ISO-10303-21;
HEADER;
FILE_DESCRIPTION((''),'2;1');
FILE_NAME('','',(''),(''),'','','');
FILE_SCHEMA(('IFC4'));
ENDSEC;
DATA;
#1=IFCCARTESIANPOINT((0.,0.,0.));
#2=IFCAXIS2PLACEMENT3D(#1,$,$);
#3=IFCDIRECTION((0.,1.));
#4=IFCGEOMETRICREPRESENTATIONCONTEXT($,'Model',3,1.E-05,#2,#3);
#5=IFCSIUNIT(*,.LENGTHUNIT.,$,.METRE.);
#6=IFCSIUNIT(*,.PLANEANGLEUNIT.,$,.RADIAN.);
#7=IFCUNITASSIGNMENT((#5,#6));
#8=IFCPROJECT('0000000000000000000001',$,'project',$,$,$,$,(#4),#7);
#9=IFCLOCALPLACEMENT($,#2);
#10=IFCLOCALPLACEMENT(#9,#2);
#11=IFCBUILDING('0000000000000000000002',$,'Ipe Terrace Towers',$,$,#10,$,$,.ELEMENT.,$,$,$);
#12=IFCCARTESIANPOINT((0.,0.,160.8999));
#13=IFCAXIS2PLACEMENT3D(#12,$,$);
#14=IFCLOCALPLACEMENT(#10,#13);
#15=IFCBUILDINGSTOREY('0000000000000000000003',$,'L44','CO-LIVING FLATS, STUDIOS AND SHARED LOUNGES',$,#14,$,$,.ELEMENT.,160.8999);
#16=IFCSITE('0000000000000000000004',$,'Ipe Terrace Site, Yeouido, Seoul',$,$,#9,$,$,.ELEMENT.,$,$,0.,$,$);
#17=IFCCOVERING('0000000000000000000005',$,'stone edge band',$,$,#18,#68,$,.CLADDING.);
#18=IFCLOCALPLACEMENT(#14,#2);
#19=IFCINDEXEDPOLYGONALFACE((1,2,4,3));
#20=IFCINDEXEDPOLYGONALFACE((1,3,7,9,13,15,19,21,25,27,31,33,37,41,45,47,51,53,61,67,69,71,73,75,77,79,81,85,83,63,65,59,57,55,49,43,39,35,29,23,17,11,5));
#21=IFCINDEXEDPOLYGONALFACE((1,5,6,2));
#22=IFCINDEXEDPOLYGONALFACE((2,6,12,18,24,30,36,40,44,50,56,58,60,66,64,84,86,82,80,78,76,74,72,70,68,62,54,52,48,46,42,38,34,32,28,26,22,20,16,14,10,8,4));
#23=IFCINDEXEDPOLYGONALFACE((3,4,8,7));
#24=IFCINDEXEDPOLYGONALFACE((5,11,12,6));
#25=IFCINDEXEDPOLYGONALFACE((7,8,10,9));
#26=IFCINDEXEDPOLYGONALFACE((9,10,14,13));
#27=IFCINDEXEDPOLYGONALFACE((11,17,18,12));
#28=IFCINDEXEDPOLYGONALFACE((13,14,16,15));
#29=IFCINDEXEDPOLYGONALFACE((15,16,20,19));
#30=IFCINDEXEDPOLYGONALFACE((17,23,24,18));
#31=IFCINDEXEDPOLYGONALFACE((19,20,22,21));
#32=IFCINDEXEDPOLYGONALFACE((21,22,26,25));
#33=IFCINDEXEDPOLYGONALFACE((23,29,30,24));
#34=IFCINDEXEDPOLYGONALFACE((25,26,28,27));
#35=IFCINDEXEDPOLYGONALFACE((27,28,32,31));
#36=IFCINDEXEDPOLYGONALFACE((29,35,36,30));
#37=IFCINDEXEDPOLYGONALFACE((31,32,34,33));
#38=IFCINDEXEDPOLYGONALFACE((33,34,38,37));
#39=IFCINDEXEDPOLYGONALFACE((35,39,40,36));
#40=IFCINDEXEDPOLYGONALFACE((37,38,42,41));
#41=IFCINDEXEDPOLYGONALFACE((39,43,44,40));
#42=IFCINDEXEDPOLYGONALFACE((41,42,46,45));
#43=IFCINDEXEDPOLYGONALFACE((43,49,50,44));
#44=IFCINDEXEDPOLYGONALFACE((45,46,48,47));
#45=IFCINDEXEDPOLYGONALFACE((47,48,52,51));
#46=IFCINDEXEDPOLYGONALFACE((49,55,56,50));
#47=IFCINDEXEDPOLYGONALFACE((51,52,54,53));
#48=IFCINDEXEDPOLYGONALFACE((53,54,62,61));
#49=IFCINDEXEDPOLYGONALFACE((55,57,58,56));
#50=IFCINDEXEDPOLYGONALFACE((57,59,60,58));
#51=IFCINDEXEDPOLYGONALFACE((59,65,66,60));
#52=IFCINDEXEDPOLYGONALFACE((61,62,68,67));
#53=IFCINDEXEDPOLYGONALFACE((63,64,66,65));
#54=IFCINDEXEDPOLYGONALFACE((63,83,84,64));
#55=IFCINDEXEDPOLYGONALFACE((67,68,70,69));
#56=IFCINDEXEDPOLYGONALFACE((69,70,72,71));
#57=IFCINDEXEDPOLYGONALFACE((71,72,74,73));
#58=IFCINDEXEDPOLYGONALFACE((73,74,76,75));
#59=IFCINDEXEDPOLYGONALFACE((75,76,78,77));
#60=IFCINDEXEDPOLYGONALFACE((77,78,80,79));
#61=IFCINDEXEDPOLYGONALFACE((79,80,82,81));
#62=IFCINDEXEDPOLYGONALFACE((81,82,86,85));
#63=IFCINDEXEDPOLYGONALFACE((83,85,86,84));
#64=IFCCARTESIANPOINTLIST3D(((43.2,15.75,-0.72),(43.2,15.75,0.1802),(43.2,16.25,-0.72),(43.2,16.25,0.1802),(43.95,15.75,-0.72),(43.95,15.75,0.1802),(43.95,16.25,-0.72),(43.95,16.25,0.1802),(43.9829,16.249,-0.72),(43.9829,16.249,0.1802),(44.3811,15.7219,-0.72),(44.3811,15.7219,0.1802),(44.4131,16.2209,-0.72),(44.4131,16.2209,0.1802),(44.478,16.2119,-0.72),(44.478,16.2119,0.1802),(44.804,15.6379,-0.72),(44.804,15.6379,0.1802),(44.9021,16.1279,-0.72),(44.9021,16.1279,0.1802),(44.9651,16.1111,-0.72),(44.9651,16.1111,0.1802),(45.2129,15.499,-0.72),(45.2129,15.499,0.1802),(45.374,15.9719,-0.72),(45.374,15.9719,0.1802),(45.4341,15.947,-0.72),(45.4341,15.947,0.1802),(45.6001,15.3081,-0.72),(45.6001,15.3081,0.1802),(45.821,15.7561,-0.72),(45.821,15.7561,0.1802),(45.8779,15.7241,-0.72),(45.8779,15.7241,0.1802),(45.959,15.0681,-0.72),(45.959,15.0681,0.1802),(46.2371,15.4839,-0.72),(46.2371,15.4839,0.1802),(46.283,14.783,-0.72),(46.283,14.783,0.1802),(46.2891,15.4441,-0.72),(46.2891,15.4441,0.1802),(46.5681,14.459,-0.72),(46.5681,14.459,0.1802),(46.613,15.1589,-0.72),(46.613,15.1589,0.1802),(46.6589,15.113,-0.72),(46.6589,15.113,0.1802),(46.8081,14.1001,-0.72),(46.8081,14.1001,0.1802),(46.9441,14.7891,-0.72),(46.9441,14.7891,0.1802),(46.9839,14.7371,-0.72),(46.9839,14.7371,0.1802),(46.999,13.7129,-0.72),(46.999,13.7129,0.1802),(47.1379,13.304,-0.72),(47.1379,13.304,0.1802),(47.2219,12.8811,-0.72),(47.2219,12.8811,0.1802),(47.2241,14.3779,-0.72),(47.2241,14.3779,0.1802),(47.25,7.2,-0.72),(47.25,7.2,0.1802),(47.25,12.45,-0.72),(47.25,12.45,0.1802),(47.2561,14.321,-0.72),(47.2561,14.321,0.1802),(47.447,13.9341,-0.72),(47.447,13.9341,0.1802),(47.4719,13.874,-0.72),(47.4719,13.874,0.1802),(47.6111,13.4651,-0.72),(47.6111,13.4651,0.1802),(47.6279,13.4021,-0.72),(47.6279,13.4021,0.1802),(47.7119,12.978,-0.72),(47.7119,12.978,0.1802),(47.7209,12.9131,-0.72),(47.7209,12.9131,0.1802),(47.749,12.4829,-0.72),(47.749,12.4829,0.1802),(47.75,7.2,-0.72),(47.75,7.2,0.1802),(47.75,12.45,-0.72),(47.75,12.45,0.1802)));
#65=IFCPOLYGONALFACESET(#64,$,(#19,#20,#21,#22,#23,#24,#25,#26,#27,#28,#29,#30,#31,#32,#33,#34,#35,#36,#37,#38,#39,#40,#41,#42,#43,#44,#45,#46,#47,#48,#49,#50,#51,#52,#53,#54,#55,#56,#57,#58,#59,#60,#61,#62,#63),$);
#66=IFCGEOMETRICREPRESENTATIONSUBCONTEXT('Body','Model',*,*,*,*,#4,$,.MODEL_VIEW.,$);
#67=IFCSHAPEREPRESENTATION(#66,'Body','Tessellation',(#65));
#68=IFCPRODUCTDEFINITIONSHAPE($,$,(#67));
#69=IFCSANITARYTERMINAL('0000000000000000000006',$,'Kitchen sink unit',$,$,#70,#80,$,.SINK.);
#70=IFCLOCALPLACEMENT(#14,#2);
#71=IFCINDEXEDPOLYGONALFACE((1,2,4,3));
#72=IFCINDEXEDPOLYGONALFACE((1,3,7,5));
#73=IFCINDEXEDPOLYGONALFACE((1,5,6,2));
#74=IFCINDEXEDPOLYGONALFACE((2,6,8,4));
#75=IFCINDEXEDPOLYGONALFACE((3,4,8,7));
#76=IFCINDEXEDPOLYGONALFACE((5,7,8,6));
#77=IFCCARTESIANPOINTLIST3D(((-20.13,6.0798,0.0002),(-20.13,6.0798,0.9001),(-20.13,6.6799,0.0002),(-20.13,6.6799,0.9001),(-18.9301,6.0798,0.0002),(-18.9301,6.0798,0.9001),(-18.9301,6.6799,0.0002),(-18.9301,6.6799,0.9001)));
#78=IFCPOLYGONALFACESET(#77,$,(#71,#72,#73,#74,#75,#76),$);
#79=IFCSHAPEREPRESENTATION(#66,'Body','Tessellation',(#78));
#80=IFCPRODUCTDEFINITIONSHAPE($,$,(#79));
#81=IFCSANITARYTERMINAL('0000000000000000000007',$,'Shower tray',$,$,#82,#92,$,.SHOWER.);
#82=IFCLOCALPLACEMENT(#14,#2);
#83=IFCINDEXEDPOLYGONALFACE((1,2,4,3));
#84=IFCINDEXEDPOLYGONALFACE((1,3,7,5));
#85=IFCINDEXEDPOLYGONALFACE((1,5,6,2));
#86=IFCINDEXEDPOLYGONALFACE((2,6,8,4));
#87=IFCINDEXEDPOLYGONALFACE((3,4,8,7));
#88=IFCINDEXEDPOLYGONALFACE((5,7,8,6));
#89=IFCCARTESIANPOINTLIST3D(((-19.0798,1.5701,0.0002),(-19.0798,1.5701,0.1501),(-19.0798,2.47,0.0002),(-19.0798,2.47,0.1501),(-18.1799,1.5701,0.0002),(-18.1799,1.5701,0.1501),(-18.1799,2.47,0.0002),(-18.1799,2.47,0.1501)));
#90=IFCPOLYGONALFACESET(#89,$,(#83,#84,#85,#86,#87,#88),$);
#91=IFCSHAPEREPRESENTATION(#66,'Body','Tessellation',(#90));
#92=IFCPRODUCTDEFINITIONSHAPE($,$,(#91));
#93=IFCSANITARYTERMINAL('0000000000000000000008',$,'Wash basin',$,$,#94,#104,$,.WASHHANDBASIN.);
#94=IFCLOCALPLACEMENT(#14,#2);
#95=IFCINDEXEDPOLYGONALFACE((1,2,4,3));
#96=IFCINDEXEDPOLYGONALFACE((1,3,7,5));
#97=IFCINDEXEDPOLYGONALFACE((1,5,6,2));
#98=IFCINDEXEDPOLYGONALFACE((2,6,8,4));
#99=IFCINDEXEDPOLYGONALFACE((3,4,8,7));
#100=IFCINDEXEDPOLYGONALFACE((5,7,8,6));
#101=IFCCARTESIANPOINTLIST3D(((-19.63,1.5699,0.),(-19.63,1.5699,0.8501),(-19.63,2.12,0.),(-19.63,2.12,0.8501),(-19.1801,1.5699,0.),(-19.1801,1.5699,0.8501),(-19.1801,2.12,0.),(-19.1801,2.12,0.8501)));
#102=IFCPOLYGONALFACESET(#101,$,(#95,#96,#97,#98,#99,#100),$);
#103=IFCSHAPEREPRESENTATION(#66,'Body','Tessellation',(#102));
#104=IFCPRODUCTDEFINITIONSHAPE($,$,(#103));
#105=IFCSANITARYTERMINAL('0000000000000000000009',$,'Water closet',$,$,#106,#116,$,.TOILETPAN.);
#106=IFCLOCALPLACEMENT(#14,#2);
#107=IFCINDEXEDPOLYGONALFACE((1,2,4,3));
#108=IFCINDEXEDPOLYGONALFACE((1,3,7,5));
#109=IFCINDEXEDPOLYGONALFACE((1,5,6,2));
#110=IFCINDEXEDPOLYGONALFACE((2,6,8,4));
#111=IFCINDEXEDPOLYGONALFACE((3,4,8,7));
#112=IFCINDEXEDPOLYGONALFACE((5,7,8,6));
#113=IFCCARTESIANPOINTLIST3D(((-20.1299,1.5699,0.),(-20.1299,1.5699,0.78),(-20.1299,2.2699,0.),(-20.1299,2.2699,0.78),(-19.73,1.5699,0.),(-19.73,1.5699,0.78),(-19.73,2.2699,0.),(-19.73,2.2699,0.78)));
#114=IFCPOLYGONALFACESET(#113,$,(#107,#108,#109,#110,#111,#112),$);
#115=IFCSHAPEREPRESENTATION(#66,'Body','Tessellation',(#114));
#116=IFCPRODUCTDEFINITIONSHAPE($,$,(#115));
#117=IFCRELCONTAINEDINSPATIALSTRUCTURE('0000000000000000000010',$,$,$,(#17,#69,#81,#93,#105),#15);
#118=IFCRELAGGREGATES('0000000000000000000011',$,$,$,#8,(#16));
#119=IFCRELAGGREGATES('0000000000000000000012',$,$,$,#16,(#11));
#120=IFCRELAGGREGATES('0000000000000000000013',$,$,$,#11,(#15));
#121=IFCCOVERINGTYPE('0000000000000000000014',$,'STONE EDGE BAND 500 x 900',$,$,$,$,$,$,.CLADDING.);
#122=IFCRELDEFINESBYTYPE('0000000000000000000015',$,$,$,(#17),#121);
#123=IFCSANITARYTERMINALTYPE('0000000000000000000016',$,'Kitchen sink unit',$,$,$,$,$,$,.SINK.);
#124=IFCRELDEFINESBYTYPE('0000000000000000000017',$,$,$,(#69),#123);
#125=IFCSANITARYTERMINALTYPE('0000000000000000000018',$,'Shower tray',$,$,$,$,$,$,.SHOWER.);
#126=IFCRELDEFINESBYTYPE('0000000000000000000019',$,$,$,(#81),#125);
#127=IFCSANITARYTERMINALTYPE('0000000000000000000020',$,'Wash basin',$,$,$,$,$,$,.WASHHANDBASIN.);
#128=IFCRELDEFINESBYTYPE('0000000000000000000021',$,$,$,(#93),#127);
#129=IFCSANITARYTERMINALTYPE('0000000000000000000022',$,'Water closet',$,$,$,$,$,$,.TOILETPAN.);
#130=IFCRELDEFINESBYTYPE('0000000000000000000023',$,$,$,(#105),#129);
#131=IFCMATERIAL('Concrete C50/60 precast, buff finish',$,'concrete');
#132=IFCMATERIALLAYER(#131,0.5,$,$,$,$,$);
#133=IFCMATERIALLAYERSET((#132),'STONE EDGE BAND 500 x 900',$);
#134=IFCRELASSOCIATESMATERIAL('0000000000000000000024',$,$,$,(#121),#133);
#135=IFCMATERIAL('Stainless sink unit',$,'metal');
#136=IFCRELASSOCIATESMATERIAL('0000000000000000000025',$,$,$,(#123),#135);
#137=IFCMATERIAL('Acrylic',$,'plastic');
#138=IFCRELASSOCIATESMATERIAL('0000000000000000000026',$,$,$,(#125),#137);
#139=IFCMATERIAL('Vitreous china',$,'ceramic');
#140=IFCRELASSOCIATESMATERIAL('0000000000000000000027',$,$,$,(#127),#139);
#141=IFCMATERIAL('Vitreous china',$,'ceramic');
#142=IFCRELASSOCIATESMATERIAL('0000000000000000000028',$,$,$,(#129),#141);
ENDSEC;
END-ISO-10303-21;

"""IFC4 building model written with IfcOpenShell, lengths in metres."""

from ifc_helpers import new_model, si_unit, direction, frame, origin, origin_2d, place, context, subcontext, project, spatial, polyline, rectangle, outline, extrude, material, layer, layer_set, type_object, element, save


model = new_model("IFC4")

# Units and contexts
model_context = context("Model", 3, precision=1e-05, world=origin(), true_north=direction((0.0, 1.0)))
body_context = subcontext(model_context, "Body", "Model", "MODEL_VIEW")
ifc_project = project(units=[si_unit("LENGTHUNIT", "METRE"), si_unit("PLANEANGLEUNIT", "RADIAN")], contexts=[model_context])

# Site, building, storey
site_placement = place(None, origin())
site = spatial("IfcSite", under=ifc_project, at=site_placement, Name="Ipe Terrace Site, Yeouido, Seoul", CompositionType="ELEMENT", RefElevation=0.0)
building_placement = place(site_placement, origin())
building = spatial("IfcBuilding", under=site, at=building_placement, Name="Ipe Terrace Towers", CompositionType="ELEMENT")
storey_placement = place(building_placement, frame((0.0, 0.0, 160.8999)))
storey = spatial("IfcBuildingStorey", under=building, at=storey_placement, Name="L44", Description="CO-LIVING FLATS, STUDIOS AND SHARED LOUNGES", CompositionType="ELEMENT", Elevation=160.8999)

# Covering
ifc_material_1 = material(Name="Concrete C50/60 precast, buff finish", Category="concrete")
ifc_layer_1 = layer(ifc_material_1, 0.5)
ifc_layer_set_1 = layer_set([ifc_layer_1], Name="STONE EDGE BAND 500 x 900")
covering_type = type_object("IfcCoveringType", Name="STONE EDGE BAND 500 x 900", PredefinedType="CLADDING", material=ifc_layer_set_1)
covering_placement = place(storey_placement, frame((0.0, 0.0, -0.72)))
element("IfcCovering", 1, at=covering_placement, inside=storey, type_object=covering_type, Name="stone edge band", PredefinedType="CLADDING", context=body_context, shape_type="SweptSolid", body=[
    extrude(outline(polyline([(47.75, 12.45), (47.749, 12.4829), (47.7209, 12.9131), (47.7119, 12.978), (47.6279, 13.4021), (47.6111, 13.4651), (47.4719, 13.874), (47.447, 13.9341), (47.2561, 14.321), (47.2241, 14.3779), (46.9839, 14.7371), (46.9441, 14.7891), (46.6589, 15.113), (46.613, 15.1589), (46.2891, 15.4441), (46.2371, 15.4839), (45.8779, 15.7241), (45.821, 15.7561), (45.4341, 15.947), (45.374, 15.9719), (44.9651, 16.1111), (44.9021, 16.1279), (44.478, 16.2119), (44.4131, 16.2209), (43.9829, 16.249), (43.95, 16.25), (43.2, 16.25), (43.2, 15.75), (43.95, 15.75), (44.3811, 15.7219), (44.804, 15.6379), (45.2129, 15.499), (45.6001, 15.3081), (45.959, 15.0681), (46.283, 14.783), (46.5681, 14.459), (46.8081, 14.1001), (46.999, 13.7129), (47.1379, 13.304), (47.2219, 12.8811), (47.25, 12.45), (47.25, 7.2), (47.75, 7.2), (47.75, 12.45)])), origin(), (0.0, 0.0, 1.0), 0.9001),
])

# Sanitary terminals
ifc_material_2 = material(Name="Stainless sink unit", Category="metal")
sanitary_terminal_type_1 = type_object("IfcSanitaryTerminalType", Name="Kitchen sink unit", PredefinedType="SINK", material=ifc_material_2)
sanitary_terminal_1_placement = place(storey_placement, frame((-19.53, 6.3799, 0.0002), z_axis=(0.0, 0.0, 1.0), x_axis=(1.0, 0.0, 0.0)))
element("IfcSanitaryTerminal", 2, at=sanitary_terminal_1_placement, inside=storey, type_object=sanitary_terminal_type_1, Name="Kitchen sink unit", PredefinedType="SINK", context=body_context, shape_type="SweptSolid", body=[
    extrude(rectangle(XDim=1.2, YDim=0.6001, at=origin_2d()), origin(), (0.0, 0.0, 1.0), 0.8999),
])
ifc_material_3 = material(Name="Acrylic", Category="plastic")
sanitary_terminal_type_2 = type_object("IfcSanitaryTerminalType", Name="Shower tray", PredefinedType="SHOWER", material=ifc_material_3)
sanitary_terminal_2_placement = place(storey_placement, frame((-18.6299, 2.02, 0.0002), z_axis=(0.0, 0.0, 1.0), x_axis=(0.0, 1.0, 0.0)))
element("IfcSanitaryTerminal", 3, at=sanitary_terminal_2_placement, inside=storey, type_object=sanitary_terminal_type_2, Name="Shower tray", PredefinedType="SHOWER", context=body_context, shape_type="SweptSolid", body=[
    extrude(rectangle(XDim=0.8999, YDim=0.8999, at=origin_2d()), origin(), (0.0, 0.0, 1.0), 0.1499),
])
ifc_material_4 = material(Name="Vitreous china", Category="ceramic")
sanitary_terminal_type_3 = type_object("IfcSanitaryTerminalType", Name="Wash basin", PredefinedType="WASHHANDBASIN", material=ifc_material_4)
sanitary_terminal_3_placement = place(storey_placement, frame((-19.405, 1.845, 0.0), z_axis=(0.0, 0.0, 1.0), x_axis=(0.0, 1.0, 0.0)))
element("IfcSanitaryTerminal", 4, at=sanitary_terminal_3_placement, inside=storey, type_object=sanitary_terminal_type_3, Name="Wash basin", PredefinedType="WASHHANDBASIN", context=body_context, shape_type="SweptSolid", body=[
    extrude(rectangle(XDim=0.55, YDim=0.45, at=origin_2d()), origin(), (0.0, 0.0, 1.0), 0.8501),
])
ifc_material_5 = material(Name="Vitreous china", Category="ceramic")
sanitary_terminal_type_4 = type_object("IfcSanitaryTerminalType", Name="Water closet", PredefinedType="TOILETPAN", material=ifc_material_5)
sanitary_terminal_4_placement = place(storey_placement, frame((-19.9299, 1.9199, 0.0), z_axis=(0.0, 0.0, 1.0), x_axis=(0.0, 1.0, 0.0)))
element("IfcSanitaryTerminal", 5, at=sanitary_terminal_4_placement, inside=storey, type_object=sanitary_terminal_type_4, Name="Water closet", PredefinedType="TOILETPAN", context=body_context, shape_type="SweptSolid", body=[
    extrude(rectangle(XDim=0.7, YDim=0.3999, at=origin_2d()), origin(), (0.0, 0.0, 1.0), 0.78),
])

save(model, "model.ifc")
